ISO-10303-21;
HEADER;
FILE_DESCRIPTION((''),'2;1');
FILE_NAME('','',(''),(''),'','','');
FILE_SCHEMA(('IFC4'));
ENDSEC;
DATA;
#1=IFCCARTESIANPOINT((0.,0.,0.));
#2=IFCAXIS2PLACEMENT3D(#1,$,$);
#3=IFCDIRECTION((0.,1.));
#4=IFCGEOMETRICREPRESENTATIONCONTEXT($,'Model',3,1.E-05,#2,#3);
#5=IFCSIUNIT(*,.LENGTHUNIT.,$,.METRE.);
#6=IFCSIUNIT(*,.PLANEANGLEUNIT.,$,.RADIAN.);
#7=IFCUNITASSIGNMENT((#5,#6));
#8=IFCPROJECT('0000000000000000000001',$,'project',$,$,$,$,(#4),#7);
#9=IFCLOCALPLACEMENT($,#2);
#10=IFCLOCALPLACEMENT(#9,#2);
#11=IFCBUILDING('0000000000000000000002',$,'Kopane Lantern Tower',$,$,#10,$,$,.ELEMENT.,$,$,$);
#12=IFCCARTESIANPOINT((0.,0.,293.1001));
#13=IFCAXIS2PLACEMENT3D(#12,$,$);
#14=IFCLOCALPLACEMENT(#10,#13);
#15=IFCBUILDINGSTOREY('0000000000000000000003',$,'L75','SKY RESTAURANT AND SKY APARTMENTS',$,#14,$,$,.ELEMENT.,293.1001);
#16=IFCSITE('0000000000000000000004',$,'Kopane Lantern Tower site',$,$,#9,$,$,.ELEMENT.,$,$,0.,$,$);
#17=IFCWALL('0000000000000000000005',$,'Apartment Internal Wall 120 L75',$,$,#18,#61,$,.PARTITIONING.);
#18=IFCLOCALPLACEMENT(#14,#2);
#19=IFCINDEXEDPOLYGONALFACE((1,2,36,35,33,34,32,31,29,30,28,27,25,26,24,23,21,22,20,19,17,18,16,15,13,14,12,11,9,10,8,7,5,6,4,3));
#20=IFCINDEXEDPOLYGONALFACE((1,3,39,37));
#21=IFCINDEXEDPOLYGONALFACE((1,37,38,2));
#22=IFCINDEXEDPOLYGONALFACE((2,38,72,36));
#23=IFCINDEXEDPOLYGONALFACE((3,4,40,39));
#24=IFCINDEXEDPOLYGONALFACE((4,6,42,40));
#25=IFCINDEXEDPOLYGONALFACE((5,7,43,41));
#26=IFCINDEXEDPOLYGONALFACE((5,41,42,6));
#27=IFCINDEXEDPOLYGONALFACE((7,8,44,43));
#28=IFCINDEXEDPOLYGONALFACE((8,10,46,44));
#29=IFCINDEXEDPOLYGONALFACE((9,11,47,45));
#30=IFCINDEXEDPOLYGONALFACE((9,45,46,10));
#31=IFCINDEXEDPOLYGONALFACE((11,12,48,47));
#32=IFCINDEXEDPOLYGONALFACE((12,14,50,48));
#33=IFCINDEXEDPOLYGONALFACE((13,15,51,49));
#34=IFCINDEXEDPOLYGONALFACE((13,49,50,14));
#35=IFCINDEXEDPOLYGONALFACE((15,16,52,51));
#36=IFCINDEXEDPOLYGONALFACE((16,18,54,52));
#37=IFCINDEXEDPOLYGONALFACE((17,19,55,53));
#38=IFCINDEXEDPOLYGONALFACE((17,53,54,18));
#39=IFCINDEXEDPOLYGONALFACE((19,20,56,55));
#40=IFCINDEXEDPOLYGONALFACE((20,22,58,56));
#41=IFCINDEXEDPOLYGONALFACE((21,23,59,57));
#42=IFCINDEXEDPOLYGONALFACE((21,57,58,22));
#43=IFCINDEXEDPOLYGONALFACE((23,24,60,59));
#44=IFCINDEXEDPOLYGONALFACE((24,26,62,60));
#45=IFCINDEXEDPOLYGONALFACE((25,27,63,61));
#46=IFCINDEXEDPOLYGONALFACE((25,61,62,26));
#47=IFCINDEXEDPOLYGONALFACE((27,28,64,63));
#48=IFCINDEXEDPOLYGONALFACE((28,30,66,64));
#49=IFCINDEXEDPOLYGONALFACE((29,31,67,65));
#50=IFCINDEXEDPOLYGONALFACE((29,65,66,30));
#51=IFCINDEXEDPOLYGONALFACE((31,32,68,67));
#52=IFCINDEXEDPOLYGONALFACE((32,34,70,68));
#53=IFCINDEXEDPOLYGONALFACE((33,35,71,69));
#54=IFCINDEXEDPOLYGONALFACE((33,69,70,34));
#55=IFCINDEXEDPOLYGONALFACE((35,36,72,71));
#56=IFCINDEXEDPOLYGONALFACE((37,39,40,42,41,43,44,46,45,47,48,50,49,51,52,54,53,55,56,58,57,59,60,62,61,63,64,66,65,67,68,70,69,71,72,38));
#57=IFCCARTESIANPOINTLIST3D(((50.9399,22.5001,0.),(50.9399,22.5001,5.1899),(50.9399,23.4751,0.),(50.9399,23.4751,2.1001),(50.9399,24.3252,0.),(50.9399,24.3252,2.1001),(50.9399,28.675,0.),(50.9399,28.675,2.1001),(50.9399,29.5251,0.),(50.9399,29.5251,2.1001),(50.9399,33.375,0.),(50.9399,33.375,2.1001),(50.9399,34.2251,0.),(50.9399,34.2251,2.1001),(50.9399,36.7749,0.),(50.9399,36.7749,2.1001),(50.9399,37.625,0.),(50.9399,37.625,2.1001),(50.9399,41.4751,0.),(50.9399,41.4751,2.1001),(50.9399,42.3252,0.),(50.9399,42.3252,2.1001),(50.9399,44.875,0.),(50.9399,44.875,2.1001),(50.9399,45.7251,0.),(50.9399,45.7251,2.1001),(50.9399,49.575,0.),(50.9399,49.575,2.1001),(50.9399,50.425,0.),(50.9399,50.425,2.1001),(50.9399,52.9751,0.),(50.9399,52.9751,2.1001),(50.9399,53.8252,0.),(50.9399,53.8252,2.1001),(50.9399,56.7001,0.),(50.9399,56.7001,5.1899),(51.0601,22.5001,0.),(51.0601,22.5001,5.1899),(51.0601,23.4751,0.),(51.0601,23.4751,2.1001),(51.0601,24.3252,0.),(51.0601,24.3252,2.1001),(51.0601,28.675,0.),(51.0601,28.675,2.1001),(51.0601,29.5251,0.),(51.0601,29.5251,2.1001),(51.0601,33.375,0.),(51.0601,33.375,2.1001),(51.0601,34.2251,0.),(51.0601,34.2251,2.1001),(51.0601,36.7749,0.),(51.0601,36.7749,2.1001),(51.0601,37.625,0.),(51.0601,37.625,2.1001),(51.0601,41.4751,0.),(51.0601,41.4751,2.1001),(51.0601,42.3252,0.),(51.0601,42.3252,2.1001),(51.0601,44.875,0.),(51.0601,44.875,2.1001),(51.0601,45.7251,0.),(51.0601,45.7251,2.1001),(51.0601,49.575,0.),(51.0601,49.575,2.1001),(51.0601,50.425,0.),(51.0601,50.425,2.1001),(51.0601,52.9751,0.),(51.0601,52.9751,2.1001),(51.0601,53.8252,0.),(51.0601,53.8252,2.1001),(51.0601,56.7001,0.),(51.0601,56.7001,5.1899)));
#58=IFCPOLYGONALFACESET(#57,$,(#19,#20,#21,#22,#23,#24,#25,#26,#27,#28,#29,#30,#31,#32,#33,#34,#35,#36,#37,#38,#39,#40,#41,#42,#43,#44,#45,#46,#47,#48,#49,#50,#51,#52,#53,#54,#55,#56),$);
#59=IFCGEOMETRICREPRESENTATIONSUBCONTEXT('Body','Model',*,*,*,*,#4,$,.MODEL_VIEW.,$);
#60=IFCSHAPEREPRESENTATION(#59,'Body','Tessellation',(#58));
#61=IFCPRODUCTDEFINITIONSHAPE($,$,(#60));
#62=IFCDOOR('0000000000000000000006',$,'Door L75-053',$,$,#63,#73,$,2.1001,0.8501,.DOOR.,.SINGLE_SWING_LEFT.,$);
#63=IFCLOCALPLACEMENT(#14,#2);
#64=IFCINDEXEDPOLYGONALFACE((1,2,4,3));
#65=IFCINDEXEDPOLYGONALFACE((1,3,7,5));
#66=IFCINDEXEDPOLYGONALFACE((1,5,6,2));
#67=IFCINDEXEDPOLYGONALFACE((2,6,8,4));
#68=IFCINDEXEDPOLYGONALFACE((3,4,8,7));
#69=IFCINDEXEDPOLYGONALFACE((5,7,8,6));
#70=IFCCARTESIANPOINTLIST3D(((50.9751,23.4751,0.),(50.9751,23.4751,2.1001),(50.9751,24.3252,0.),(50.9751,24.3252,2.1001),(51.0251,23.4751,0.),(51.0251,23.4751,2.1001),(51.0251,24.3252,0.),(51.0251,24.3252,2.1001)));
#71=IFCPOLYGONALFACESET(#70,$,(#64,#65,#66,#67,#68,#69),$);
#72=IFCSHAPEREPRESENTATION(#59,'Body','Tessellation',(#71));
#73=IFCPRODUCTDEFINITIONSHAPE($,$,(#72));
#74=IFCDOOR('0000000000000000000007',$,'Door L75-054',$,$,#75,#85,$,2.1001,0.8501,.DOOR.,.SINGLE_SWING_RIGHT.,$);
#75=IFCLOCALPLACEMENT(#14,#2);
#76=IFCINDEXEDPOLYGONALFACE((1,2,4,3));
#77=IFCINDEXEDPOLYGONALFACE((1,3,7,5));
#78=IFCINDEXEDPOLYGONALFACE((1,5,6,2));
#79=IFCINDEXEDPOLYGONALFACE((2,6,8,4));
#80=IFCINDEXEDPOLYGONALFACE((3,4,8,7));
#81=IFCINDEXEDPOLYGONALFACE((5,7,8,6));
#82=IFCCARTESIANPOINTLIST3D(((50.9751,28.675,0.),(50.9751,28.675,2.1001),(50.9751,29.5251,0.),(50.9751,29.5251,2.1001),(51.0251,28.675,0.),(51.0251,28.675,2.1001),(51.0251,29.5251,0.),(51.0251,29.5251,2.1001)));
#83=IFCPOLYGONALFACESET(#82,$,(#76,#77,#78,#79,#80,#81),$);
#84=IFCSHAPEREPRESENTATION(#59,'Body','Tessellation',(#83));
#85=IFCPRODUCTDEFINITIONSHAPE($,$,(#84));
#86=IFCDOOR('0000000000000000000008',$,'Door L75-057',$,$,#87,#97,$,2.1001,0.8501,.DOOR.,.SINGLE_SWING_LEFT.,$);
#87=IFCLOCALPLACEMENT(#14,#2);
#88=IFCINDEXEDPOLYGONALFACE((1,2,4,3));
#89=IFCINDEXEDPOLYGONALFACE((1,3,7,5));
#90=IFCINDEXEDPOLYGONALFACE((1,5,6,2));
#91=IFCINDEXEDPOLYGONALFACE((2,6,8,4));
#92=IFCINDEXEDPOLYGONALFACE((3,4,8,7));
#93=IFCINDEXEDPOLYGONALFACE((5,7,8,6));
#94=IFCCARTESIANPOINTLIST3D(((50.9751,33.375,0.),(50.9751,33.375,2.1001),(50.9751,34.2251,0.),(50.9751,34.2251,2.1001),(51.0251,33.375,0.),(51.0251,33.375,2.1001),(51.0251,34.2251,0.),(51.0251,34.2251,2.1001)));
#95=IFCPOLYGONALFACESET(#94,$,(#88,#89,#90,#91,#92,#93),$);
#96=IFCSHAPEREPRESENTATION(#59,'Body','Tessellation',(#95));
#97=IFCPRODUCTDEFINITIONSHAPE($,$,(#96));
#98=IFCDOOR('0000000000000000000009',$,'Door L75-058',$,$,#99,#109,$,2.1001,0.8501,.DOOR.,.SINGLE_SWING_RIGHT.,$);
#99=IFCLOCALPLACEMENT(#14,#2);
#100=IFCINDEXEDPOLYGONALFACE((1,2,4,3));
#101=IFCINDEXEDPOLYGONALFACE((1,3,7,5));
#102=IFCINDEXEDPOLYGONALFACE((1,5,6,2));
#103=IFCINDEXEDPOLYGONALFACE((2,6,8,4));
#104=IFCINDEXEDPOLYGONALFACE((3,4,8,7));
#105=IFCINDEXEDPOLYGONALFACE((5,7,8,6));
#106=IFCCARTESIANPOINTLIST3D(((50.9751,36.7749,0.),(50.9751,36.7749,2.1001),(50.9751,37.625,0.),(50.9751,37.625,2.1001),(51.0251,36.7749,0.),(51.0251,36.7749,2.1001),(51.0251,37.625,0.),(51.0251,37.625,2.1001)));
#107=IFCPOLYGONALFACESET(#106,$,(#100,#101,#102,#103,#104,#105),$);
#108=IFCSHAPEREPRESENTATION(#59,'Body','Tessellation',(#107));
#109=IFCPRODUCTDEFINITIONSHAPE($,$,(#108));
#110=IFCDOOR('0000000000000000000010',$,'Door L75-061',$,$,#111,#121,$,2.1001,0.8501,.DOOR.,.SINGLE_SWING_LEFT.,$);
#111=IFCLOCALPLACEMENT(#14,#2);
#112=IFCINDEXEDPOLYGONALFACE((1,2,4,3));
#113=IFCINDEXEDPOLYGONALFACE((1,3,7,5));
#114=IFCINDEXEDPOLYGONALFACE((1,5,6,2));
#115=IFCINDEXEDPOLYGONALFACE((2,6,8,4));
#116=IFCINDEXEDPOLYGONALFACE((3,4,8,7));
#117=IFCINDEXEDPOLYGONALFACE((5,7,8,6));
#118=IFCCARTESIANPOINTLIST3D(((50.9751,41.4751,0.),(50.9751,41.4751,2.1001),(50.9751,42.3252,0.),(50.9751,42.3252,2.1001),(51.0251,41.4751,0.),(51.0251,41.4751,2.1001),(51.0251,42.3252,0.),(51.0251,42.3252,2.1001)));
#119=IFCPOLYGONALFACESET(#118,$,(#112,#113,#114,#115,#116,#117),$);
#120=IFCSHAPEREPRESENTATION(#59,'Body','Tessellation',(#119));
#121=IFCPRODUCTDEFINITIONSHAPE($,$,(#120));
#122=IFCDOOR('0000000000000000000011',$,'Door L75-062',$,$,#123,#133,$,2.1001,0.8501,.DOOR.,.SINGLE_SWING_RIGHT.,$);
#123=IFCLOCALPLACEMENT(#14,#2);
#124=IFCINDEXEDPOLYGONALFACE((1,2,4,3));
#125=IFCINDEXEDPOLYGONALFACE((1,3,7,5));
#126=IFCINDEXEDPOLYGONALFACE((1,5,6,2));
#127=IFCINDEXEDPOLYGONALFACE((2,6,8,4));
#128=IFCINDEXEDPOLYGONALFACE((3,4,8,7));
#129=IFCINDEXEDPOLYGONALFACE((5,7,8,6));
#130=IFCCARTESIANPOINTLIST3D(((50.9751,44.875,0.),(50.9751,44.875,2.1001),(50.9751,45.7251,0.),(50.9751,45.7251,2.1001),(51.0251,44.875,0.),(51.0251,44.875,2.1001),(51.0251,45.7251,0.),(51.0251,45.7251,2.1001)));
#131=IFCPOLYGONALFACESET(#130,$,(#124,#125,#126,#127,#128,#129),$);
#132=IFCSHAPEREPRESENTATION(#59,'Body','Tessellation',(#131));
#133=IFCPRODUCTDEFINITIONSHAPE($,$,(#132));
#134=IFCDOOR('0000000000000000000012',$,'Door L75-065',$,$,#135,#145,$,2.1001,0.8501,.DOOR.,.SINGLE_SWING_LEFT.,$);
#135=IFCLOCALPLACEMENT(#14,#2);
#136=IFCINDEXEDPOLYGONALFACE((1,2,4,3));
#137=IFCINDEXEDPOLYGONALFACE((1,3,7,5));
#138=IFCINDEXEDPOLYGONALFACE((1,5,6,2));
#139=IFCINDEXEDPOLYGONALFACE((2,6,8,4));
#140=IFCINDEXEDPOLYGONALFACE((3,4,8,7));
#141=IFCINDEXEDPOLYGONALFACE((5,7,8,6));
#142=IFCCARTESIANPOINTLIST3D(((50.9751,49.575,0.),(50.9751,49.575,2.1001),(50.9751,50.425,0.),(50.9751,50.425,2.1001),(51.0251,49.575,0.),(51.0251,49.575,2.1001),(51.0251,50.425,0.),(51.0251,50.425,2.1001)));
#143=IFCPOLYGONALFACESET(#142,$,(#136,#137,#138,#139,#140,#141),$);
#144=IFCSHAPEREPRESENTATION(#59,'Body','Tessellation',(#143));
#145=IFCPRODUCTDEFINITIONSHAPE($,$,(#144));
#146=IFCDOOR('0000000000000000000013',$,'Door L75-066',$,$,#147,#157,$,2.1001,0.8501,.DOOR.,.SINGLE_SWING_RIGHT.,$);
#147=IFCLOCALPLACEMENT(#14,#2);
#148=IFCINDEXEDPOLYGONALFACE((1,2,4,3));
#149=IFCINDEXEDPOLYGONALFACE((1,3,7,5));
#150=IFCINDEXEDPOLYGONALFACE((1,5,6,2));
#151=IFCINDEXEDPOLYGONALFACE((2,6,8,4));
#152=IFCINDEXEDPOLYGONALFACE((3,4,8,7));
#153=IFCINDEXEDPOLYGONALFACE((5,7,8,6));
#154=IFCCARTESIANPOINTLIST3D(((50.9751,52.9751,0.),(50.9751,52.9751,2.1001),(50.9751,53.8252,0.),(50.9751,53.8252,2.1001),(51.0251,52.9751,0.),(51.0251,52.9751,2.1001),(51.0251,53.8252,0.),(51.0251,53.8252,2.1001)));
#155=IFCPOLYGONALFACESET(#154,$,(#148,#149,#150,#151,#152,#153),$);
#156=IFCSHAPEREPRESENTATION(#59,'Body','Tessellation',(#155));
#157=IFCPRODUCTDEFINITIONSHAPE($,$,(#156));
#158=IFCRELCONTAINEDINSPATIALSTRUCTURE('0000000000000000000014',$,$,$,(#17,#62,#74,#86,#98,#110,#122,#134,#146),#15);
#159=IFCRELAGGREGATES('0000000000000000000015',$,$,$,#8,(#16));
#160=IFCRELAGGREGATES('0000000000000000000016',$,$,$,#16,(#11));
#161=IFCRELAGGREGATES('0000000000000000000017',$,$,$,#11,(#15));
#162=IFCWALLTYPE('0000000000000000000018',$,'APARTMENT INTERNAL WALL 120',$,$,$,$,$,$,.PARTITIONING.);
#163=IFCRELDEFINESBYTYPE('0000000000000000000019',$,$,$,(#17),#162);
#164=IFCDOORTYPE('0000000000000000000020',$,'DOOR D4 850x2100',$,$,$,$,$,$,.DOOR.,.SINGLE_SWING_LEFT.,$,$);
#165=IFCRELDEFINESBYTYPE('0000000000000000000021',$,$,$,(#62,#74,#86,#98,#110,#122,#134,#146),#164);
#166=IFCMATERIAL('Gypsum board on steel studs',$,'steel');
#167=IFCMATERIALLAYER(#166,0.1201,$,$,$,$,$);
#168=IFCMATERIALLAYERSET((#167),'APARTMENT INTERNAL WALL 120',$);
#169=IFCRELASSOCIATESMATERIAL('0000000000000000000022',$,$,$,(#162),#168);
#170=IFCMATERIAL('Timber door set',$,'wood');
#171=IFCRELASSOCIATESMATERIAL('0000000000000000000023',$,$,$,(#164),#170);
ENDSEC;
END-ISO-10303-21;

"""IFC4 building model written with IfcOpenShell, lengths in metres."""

from ifc_helpers import new_model, si_unit, direction, frame, frame_2d, origin, place, context, subcontext, project, spatial, rectangle, extrude, material, layer, layer_set, type_object, element, fill, save


model = new_model("IFC4")

# Units and contexts
model_context = context("Model", 3, precision=1e-05, world=origin(), true_north=direction((0.0, 1.0)))
body_context = subcontext(model_context, "Body", "Model", "MODEL_VIEW")
ifc_project = project(units=[si_unit("LENGTHUNIT", "METRE"), si_unit("PLANEANGLEUNIT", "RADIAN")], contexts=[model_context])

# Site, building, storey
site_placement = place(None, origin())
site = spatial("IfcSite", under=ifc_project, at=site_placement, Name="Kopane Lantern Tower site", CompositionType="ELEMENT", RefElevation=0.0)
building_placement = place(site_placement, origin())
building = spatial("IfcBuilding", under=site, at=building_placement, Name="Kopane Lantern Tower", CompositionType="ELEMENT")
storey_placement = place(building_placement, frame((0.0, 0.0, 293.1001)))
storey = spatial("IfcBuildingStorey", under=building, at=storey_placement, Name="L75", Description="SKY RESTAURANT AND SKY APARTMENTS", CompositionType="ELEMENT", Elevation=293.1001)

# Wall, openings, doors
ifc_material_1 = material(Name="Gypsum board on steel studs", Category="steel")
ifc_layer_1 = layer(ifc_material_1, 0.1201)
ifc_layer_set_1 = layer_set([ifc_layer_1], Name="APARTMENT INTERNAL WALL 120")
wall_type_1 = type_object("IfcWallType", Name="APARTMENT INTERNAL WALL 120", PredefinedType="PARTITIONING", material=ifc_layer_set_1)
wall_1_placement = place(storey_placement, frame((51.0, 22.5, 0.0), z_axis=(0.0, 0.0, 1.0), x_axis=(0.0, 1.0, 0.0)))
wall_1 = element("IfcWall", 1, at=wall_1_placement, inside=storey, type_object=wall_type_1, Name="Apartment Internal Wall 120 L75", PredefinedType="PARTITIONING", context=body_context, shape_type="SweptSolid", body=[
    extrude(rectangle(XDim=34.2, YDim=0.1201, at=frame_2d((17.1001, 0.0))), origin(), (0.0, 0.0, 1.0), 5.1899),
])
opening_1_placement = place(wall_1_placement, frame((0.9751, 0.0, 0.0)))
opening_1 = element("IfcOpeningElement", 2, at=opening_1_placement, cuts=wall_1, PredefinedType="OPENING", context=body_context, shape_type="SweptSolid", body=[
    extrude(rectangle(XDim=0.8501, YDim=2.1001, at=frame_2d((0.425, 1.05))), frame((0.0, 0.0701, 0.0), z_axis=(0.0, -1.0, 0.0), x_axis=(1.0, 0.0, 0.0)), (0.0, 0.0, 1.0), 0.1401),
])
opening_2_placement = place(wall_1_placement, frame((6.175, 0.0, 0.0)))
opening_2 = element("IfcOpeningElement", 3, at=opening_2_placement, cuts=wall_1, PredefinedType="OPENING", context=body_context, shape_type="SweptSolid", body=[
    extrude(rectangle(XDim=0.8501, YDim=2.1001, at=frame_2d((0.425, 1.05))), frame((0.0, 0.0701, 0.0), z_axis=(0.0, -1.0, 0.0), x_axis=(1.0, 0.0, 0.0)), (0.0, 0.0, 1.0), 0.1401),
])
opening_3_placement = place(wall_1_placement, frame((10.875, 0.0, 0.0)))
opening_3 = element("IfcOpeningElement", 4, at=opening_3_placement, cuts=wall_1, PredefinedType="OPENING", context=body_context, shape_type="SweptSolid", body=[
    extrude(rectangle(XDim=0.8501, YDim=2.1001, at=frame_2d((0.425, 1.05))), frame((0.0, 0.0701, 0.0), z_axis=(0.0, -1.0, 0.0), x_axis=(1.0, 0.0, 0.0)), (0.0, 0.0, 1.0), 0.1401),
])
opening_4_placement = place(wall_1_placement, frame((14.2749, 0.0, 0.0)))
opening_4 = element("IfcOpeningElement", 5, at=opening_4_placement, cuts=wall_1, PredefinedType="OPENING", context=body_context, shape_type="SweptSolid", body=[
    extrude(rectangle(XDim=0.8501, YDim=2.1001, at=frame_2d((0.425, 1.05))), frame((0.0, 0.0701, 0.0), z_axis=(0.0, -1.0, 0.0), x_axis=(1.0, 0.0, 0.0)), (0.0, 0.0, 1.0), 0.1401),
])
opening_5_placement = place(wall_1_placement, frame((18.9751, 0.0, 0.0)))
opening_5 = element("IfcOpeningElement", 6, at=opening_5_placement, cuts=wall_1, PredefinedType="OPENING", context=body_context, shape_type="SweptSolid", body=[
    extrude(rectangle(XDim=0.8501, YDim=2.1001, at=frame_2d((0.425, 1.05))), frame((0.0, 0.0701, 0.0), z_axis=(0.0, -1.0, 0.0), x_axis=(1.0, 0.0, 0.0)), (0.0, 0.0, 1.0), 0.1401),
])
opening_6_placement = place(wall_1_placement, frame((22.375, 0.0, 0.0)))
opening_6 = element("IfcOpeningElement", 7, at=opening_6_placement, cuts=wall_1, PredefinedType="OPENING", context=body_context, shape_type="SweptSolid", body=[
    extrude(rectangle(XDim=0.8501, YDim=2.1001, at=frame_2d((0.425, 1.05))), frame((0.0, 0.0701, 0.0), z_axis=(0.0, -1.0, 0.0), x_axis=(1.0, 0.0, 0.0)), (0.0, 0.0, 1.0), 0.1401),
])
opening_7_placement = place(wall_1_placement, frame((27.075, 0.0, 0.0)))
opening_7 = element("IfcOpeningElement", 8, at=opening_7_placement, cuts=wall_1, PredefinedType="OPENING", context=body_context, shape_type="SweptSolid", body=[
    extrude(rectangle(XDim=0.8501, YDim=2.1001, at=frame_2d((0.425, 1.05))), frame((0.0, 0.0701, 0.0), z_axis=(0.0, -1.0, 0.0), x_axis=(1.0, 0.0, 0.0)), (0.0, 0.0, 1.0), 0.1401),
])
opening_8_placement = place(wall_1_placement, frame((30.4751, 0.0, 0.0)))
opening_8 = element("IfcOpeningElement", 9, at=opening_8_placement, cuts=wall_1, PredefinedType="OPENING", context=body_context, shape_type="SweptSolid", body=[
    extrude(rectangle(XDim=0.8501, YDim=2.1001, at=frame_2d((0.425, 1.05))), frame((0.0, 0.0701, 0.0), z_axis=(0.0, -1.0, 0.0), x_axis=(1.0, 0.0, 0.0)), (0.0, 0.0, 1.0), 0.1401),
])
ifc_material_2 = material(Name="Timber door set", Category="wood")
door_type = type_object("IfcDoorType", Name="DOOR D4 850x2100", OperationType="SINGLE_SWING_LEFT", PredefinedType="DOOR", material=ifc_material_2)
door_1_placement = place(opening_1_placement, origin())
door_1 = element("IfcDoor", 10, at=door_1_placement, inside=storey, type_object=door_type, Name="Door L75-053", OperationType="SINGLE_SWING_LEFT", OverallHeight=2.1001, OverallWidth=0.8501, PredefinedType="DOOR", context=body_context, shape_type="SweptSolid", body=[
    extrude(rectangle(XDim=0.8501, YDim=2.1001, at=frame_2d((0.425, 1.05))), frame((0.0, 0.0249, 0.0), z_axis=(0.0, -1.0, 0.0), x_axis=(1.0, 0.0, 0.0)), (0.0, 0.0, 1.0), 0.05),
])
fill(opening_1, door_1)
door_2_placement = place(opening_2_placement, origin())
door_2 = element("IfcDoor", 11, at=door_2_placement, inside=storey, type_object=door_type, Name="Door L75-054", OperationType="SINGLE_SWING_RIGHT", OverallHeight=2.1001, OverallWidth=0.8501, PredefinedType="DOOR", context=body_context, shape_type="SweptSolid", body=[
    extrude(rectangle(XDim=0.8501, YDim=2.1001, at=frame_2d((0.425, 1.05))), frame((0.0, 0.0249, 0.0), z_axis=(0.0, -1.0, 0.0), x_axis=(1.0, 0.0, 0.0)), (0.0, 0.0, 1.0), 0.05),
])
fill(opening_2, door_2)
door_3_placement = place(opening_3_placement, origin())
door_3 = element("IfcDoor", 12, at=door_3_placement, inside=storey, type_object=door_type, Name="Door L75-057", OperationType="SINGLE_SWING_LEFT", OverallHeight=2.1001, OverallWidth=0.8501, PredefinedType="DOOR", context=body_context, shape_type="SweptSolid", body=[
    extrude(rectangle(XDim=0.8501, YDim=2.1001, at=frame_2d((0.425, 1.05))), frame((0.0, 0.0249, 0.0), z_axis=(0.0, -1.0, 0.0), x_axis=(1.0, 0.0, 0.0)), (0.0, 0.0, 1.0), 0.05),
])
fill(opening_3, door_3)
door_4_placement = place(opening_4_placement, origin())
door_4 = element("IfcDoor", 13, at=door_4_placement, inside=storey, type_object=door_type, Name="Door L75-058", OperationType="SINGLE_SWING_RIGHT", OverallHeight=2.1001, OverallWidth=0.8501, PredefinedType="DOOR", context=body_context, shape_type="SweptSolid", body=[
    extrude(rectangle(XDim=0.8501, YDim=2.1001, at=frame_2d((0.425, 1.05))), frame((0.0, 0.0249, 0.0), z_axis=(0.0, -1.0, 0.0), x_axis=(1.0, 0.0, 0.0)), (0.0, 0.0, 1.0), 0.05),
])
fill(opening_4, door_4)
door_5_placement = place(opening_5_placement, origin())
door_5 = element("IfcDoor", 14, at=door_5_placement, inside=storey, type_object=door_type, Name="Door L75-061", OperationType="SINGLE_SWING_LEFT", OverallHeight=2.1001, OverallWidth=0.8501, PredefinedType="DOOR", context=body_context, shape_type="SweptSolid", body=[
    extrude(rectangle(XDim=0.8501, YDim=2.1001, at=frame_2d((0.425, 1.05))), frame((0.0, 0.0249, 0.0), z_axis=(0.0, -1.0, 0.0), x_axis=(1.0, 0.0, 0.0)), (0.0, 0.0, 1.0), 0.05),
])
fill(opening_5, door_5)
door_6_placement = place(opening_6_placement, origin())
door_6 = element("IfcDoor", 15, at=door_6_placement, inside=storey, type_object=door_type, Name="Door L75-062", OperationType="SINGLE_SWING_RIGHT", OverallHeight=2.1001, OverallWidth=0.8501, PredefinedType="DOOR", context=body_context, shape_type="SweptSolid", body=[
    extrude(rectangle(XDim=0.8501, YDim=2.1001, at=frame_2d((0.425, 1.05))), frame((0.0, 0.0249, 0.0), z_axis=(0.0, -1.0, 0.0), x_axis=(1.0, 0.0, 0.0)), (0.0, 0.0, 1.0), 0.05),
])
fill(opening_6, door_6)
door_7_placement = place(opening_7_placement, origin())
door_7 = element("IfcDoor", 16, at=door_7_placement, inside=storey, type_object=door_type, Name="Door L75-065", OperationType="SINGLE_SWING_LEFT", OverallHeight=2.1001, OverallWidth=0.8501, PredefinedType="DOOR", context=body_context, shape_type="SweptSolid", body=[
    extrude(rectangle(XDim=0.8501, YDim=2.1001, at=frame_2d((0.425, 1.05))), frame((0.0, 0.0249, 0.0), z_axis=(0.0, -1.0, 0.0), x_axis=(1.0, 0.0, 0.0)), (0.0, 0.0, 1.0), 0.05),
])
fill(opening_7, door_7)
door_8_placement = place(opening_8_placement, origin())
door_8 = element("IfcDoor", 17, at=door_8_placement, inside=storey, type_object=door_type, Name="Door L75-066", OperationType="SINGLE_SWING_RIGHT", OverallHeight=2.1001, OverallWidth=0.8501, PredefinedType="DOOR", context=body_context, shape_type="SweptSolid", body=[
    extrude(rectangle(XDim=0.8501, YDim=2.1001, at=frame_2d((0.425, 1.05))), frame((0.0, 0.0249, 0.0), z_axis=(0.0, -1.0, 0.0), x_axis=(1.0, 0.0, 0.0)), (0.0, 0.0, 1.0), 0.05),
])
fill(opening_8, door_8)

save(model, "model.ifc")
